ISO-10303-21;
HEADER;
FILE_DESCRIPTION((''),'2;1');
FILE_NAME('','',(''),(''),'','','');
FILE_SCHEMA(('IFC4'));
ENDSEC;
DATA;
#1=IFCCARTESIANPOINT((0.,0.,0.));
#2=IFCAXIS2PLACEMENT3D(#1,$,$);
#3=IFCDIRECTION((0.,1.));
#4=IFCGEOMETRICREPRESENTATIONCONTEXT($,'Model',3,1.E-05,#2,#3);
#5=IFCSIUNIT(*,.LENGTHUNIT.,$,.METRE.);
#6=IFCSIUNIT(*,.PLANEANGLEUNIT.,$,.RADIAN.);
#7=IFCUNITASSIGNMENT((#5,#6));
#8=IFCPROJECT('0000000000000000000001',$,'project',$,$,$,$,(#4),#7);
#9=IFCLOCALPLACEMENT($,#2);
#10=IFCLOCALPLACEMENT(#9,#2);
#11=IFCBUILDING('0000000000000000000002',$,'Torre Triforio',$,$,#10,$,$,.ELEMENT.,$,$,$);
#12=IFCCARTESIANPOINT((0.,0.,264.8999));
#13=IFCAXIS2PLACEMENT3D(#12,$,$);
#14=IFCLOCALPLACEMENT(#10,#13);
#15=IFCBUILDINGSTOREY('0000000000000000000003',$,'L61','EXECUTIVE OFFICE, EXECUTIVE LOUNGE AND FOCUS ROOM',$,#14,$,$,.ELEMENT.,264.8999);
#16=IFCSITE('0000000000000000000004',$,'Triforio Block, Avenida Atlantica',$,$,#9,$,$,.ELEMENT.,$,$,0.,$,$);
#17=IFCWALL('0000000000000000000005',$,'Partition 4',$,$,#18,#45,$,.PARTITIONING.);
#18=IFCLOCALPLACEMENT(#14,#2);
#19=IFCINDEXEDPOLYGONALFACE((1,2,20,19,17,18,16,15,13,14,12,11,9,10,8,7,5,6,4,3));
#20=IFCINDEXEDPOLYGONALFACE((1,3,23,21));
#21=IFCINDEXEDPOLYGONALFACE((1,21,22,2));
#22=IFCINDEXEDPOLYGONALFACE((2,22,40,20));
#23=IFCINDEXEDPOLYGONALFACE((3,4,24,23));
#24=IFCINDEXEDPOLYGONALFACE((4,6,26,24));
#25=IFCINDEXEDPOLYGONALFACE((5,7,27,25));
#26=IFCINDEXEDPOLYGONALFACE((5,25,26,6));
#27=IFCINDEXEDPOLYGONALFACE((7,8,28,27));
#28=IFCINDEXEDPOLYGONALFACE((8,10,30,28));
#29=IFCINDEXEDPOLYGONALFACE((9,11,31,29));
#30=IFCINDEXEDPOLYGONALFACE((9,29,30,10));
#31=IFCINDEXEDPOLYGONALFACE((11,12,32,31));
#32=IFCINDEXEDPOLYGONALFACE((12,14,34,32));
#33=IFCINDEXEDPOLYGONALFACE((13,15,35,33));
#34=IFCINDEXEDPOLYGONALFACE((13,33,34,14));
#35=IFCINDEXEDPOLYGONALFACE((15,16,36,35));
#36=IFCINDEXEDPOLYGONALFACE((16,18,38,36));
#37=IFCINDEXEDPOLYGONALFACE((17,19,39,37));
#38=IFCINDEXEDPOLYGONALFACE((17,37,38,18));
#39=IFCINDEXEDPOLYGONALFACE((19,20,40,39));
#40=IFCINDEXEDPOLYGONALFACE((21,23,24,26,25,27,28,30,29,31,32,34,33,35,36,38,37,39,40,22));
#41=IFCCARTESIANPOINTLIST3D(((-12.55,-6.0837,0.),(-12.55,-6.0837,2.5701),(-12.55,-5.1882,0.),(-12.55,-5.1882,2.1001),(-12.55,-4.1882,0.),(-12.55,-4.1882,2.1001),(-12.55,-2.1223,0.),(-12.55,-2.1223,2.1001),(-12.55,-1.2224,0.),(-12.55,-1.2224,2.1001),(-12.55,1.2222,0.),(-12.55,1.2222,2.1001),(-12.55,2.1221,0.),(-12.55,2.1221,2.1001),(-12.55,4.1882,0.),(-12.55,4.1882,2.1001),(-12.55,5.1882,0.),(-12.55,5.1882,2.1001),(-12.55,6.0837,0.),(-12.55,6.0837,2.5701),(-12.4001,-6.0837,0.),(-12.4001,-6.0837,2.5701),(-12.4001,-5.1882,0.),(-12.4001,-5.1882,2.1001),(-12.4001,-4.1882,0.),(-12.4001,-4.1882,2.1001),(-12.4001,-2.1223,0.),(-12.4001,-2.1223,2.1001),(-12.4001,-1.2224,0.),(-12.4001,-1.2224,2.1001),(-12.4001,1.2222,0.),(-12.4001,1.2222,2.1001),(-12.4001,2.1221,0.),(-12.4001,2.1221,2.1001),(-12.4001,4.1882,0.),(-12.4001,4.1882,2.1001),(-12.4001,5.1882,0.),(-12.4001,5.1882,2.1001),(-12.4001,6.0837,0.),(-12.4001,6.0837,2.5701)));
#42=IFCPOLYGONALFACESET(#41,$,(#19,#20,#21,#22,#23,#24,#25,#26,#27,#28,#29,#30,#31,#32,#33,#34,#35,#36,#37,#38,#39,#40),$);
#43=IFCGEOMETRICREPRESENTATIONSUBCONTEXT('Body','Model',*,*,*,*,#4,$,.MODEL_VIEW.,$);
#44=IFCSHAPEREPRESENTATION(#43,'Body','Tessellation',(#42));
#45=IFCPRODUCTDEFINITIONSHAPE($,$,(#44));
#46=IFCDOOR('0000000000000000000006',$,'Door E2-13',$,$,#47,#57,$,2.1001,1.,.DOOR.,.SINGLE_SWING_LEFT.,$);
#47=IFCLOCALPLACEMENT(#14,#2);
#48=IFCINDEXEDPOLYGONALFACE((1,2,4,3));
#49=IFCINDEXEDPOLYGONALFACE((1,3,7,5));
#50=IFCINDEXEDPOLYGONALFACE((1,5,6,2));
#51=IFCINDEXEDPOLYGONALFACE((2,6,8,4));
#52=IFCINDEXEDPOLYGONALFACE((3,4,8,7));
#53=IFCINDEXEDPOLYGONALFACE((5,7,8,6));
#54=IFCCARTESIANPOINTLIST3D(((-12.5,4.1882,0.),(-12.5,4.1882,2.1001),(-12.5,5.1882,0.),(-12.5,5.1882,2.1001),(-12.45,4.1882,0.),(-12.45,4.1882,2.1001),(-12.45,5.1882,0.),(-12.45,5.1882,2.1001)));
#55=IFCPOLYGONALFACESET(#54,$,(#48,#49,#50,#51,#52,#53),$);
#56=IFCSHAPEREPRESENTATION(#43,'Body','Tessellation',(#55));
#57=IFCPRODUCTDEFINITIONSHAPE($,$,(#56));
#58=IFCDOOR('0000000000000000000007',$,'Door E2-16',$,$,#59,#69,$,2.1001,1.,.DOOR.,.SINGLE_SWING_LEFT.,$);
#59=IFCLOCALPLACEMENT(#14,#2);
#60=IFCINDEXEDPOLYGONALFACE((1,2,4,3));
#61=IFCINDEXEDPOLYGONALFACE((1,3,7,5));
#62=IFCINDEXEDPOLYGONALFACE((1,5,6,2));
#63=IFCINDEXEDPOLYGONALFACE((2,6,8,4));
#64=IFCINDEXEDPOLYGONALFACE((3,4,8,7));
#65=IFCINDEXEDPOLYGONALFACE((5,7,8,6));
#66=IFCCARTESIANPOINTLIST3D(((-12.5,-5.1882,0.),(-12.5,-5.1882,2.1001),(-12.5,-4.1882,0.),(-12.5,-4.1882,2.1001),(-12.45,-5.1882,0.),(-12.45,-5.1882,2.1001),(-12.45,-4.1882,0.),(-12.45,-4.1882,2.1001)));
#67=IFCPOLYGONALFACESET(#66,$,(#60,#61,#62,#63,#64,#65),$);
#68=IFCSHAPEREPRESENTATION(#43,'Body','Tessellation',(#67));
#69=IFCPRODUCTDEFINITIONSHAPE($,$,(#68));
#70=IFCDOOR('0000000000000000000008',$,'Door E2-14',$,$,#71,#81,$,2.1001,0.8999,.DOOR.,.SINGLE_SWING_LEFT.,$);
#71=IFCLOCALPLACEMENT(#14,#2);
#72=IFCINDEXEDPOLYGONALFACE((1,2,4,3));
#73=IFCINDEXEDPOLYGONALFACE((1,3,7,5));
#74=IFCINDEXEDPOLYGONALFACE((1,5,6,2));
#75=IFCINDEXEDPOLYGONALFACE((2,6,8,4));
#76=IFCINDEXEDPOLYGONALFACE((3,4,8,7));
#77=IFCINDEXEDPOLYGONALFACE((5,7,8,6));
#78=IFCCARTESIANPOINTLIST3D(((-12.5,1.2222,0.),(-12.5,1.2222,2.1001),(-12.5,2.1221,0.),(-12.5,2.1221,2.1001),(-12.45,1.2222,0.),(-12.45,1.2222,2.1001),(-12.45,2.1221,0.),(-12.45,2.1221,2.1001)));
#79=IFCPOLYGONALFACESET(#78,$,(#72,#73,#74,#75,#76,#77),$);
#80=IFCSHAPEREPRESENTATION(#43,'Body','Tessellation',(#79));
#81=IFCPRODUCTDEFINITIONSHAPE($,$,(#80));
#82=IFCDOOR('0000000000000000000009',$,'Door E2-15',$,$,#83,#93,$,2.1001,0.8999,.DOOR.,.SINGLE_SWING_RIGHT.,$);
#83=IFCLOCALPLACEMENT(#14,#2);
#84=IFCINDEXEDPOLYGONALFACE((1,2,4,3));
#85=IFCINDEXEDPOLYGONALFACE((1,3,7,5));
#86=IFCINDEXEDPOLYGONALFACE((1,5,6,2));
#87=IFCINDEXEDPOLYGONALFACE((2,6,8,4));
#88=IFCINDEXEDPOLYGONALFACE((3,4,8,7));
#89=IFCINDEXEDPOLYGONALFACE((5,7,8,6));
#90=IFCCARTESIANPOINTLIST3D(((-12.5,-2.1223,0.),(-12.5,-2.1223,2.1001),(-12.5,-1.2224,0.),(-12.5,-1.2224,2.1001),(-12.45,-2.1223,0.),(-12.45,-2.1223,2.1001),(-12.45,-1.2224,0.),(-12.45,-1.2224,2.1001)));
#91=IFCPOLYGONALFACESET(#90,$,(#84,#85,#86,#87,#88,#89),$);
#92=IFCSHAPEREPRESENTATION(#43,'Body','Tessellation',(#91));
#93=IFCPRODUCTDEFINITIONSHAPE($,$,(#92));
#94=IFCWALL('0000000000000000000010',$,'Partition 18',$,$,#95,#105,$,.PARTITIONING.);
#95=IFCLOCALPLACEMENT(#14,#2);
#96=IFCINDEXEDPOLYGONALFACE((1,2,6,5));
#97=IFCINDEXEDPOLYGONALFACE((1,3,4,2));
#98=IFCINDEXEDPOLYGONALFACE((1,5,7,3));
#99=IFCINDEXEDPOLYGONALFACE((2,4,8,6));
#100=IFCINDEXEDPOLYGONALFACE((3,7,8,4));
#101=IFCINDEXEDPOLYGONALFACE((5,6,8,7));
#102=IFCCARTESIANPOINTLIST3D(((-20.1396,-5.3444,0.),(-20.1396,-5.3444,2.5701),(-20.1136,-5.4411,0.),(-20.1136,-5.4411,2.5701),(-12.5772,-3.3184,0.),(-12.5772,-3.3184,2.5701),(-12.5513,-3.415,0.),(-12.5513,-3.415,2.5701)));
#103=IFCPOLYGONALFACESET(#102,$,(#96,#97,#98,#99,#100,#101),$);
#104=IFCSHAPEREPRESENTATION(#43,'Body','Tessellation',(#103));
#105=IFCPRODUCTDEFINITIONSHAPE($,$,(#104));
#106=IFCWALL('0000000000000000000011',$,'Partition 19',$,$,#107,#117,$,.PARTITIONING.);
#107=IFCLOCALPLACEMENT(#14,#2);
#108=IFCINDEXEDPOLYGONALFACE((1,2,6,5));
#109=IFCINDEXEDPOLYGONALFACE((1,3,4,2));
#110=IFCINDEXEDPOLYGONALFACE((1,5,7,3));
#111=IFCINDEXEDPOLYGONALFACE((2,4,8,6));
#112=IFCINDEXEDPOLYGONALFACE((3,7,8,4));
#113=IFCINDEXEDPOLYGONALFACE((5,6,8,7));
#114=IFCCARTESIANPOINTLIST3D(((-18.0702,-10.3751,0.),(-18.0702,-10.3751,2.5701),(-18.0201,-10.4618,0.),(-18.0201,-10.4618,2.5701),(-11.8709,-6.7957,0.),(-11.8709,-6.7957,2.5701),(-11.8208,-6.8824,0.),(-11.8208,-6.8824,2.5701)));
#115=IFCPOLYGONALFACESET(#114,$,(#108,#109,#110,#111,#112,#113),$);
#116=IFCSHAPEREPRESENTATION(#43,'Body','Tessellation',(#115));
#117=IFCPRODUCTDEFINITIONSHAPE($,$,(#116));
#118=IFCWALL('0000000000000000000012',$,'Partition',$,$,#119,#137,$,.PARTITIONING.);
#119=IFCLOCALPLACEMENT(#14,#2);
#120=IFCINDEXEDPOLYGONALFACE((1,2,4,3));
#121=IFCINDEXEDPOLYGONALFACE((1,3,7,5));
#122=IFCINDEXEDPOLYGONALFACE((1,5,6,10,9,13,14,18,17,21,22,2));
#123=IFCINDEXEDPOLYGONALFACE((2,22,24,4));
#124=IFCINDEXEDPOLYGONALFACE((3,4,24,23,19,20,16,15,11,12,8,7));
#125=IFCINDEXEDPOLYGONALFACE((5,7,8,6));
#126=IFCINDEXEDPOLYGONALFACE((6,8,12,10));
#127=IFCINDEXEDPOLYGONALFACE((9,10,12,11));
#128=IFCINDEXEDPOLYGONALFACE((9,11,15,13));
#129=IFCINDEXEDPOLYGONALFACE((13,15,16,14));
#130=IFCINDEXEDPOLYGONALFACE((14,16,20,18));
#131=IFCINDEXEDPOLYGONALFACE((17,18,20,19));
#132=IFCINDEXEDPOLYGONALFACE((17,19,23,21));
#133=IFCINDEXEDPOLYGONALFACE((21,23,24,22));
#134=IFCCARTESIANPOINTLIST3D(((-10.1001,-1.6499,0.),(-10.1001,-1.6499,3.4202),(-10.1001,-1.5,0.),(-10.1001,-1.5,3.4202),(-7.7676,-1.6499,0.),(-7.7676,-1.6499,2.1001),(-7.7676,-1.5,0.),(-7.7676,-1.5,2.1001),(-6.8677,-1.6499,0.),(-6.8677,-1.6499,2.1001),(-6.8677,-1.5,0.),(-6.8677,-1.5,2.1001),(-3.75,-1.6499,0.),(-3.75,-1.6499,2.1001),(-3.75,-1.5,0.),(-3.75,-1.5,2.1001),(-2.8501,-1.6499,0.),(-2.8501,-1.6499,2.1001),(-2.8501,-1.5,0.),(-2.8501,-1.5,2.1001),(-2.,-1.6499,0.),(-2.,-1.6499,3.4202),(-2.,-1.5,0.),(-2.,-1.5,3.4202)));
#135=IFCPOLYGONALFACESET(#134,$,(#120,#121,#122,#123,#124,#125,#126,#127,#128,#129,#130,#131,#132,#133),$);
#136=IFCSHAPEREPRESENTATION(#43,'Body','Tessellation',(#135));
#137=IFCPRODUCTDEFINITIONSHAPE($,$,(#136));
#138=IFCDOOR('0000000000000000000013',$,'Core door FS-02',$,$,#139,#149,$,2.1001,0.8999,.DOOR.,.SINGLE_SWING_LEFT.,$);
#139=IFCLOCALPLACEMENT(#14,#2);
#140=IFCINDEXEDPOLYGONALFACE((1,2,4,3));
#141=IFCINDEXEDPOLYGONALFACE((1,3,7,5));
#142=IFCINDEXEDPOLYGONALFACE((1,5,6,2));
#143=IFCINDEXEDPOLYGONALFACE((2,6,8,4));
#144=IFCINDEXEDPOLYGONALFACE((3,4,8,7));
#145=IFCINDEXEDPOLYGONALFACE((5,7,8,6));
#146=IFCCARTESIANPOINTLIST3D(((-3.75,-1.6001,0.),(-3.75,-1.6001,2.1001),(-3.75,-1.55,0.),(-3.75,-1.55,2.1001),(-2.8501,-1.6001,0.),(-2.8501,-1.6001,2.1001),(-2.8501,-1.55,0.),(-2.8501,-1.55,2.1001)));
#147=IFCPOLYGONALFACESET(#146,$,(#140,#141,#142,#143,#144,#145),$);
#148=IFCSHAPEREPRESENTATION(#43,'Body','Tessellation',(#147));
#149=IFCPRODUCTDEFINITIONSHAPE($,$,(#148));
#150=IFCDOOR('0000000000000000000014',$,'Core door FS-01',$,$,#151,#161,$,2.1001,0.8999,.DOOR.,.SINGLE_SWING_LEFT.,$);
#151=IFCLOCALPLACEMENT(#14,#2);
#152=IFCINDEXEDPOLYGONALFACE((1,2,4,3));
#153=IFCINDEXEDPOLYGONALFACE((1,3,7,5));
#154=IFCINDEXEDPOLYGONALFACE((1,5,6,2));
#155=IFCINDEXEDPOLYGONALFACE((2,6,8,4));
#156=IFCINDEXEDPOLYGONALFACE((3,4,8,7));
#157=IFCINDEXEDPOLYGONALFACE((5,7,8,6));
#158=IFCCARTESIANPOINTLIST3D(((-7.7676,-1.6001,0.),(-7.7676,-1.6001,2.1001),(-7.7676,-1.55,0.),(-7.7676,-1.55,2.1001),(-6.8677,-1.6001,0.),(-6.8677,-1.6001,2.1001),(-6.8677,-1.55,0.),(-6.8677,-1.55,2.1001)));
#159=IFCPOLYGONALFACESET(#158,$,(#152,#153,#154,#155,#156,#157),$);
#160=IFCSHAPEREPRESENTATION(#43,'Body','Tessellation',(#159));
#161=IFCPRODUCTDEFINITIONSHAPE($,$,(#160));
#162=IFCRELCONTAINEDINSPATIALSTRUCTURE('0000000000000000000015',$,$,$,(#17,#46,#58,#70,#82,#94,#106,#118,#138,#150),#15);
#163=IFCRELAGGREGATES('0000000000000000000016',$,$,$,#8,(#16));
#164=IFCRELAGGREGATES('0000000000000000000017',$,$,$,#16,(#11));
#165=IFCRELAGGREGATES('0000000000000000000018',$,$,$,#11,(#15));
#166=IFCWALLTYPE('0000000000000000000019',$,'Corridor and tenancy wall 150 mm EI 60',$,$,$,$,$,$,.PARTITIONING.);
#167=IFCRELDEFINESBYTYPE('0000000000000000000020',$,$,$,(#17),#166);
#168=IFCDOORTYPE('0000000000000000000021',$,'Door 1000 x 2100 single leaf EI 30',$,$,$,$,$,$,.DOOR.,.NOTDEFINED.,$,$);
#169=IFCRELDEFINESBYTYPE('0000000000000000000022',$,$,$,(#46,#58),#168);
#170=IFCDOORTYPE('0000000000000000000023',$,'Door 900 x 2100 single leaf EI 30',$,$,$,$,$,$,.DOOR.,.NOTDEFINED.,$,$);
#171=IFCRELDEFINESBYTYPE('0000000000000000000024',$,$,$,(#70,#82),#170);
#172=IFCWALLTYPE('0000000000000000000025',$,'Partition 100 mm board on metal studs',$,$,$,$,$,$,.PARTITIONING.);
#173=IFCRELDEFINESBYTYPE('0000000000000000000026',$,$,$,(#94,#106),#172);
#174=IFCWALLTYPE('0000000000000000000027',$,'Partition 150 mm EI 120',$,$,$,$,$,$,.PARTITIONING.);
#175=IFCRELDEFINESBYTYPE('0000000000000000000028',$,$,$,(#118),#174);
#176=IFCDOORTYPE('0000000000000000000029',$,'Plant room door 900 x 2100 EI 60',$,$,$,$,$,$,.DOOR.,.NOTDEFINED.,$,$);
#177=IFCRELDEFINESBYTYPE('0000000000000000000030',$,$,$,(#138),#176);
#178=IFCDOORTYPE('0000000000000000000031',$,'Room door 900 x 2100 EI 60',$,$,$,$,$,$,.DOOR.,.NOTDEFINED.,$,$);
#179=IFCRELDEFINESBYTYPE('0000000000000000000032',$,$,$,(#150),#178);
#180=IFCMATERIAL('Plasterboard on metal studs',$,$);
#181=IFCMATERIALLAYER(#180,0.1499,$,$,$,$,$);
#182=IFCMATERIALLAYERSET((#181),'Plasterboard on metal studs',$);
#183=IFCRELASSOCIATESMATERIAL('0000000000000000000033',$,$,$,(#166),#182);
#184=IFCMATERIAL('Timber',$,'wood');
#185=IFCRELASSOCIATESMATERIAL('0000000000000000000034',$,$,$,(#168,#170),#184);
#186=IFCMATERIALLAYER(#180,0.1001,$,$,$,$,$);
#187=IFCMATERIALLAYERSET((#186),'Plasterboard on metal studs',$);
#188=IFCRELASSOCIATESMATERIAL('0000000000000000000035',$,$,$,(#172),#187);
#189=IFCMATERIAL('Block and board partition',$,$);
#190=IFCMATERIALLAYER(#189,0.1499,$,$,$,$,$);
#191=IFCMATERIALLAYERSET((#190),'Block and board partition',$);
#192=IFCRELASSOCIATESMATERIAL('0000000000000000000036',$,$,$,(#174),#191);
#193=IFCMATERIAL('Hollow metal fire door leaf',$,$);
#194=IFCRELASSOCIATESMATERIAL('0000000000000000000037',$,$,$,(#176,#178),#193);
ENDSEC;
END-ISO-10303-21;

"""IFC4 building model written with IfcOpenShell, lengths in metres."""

from ifc_helpers import new_model, si_unit, direction, frame, frame_2d, origin, place, context, subcontext, project, spatial, rectangle, extrude, material, layer, layer_set, type_object, element, fill, save


model = new_model("IFC4")

# Units and contexts
model_context = context("Model", 3, precision=1e-05, world=origin(), true_north=direction((0.0, 1.0)))
body_context = subcontext(model_context, "Body", "Model", "MODEL_VIEW")
ifc_project = project(units=[si_unit("LENGTHUNIT", "METRE"), si_unit("PLANEANGLEUNIT", "RADIAN")], contexts=[model_context])

# Site, building, storey
site_placement = place(None, origin())
site = spatial("IfcSite", under=ifc_project, at=site_placement, Name="Triforio Block, Avenida Atlantica", CompositionType="ELEMENT", RefElevation=0.0)
building_placement = place(site_placement, origin())
building = spatial("IfcBuilding", under=site, at=building_placement, Name="Torre Triforio", CompositionType="ELEMENT")
storey_placement = place(building_placement, frame((0.0, 0.0, 264.8999)))
storey = spatial("IfcBuildingStorey", under=building, at=storey_placement, Name="L61", Description="EXECUTIVE OFFICE, EXECUTIVE LOUNGE AND FOCUS ROOM", CompositionType="ELEMENT", Elevation=264.8999)

# Shared definitions
ifc_material_1 = material(Name="Hollow metal fire door leaf")

# Wall, openings, doors
ifc_material_2 = material(Name="Plasterboard on metal studs")
ifc_layer_1 = layer(ifc_material_2, 0.1499)
ifc_layer_set_1 = layer_set([ifc_layer_1], Name="Plasterboard on metal studs")
wall_type_1 = type_object("IfcWallType", Name="Corridor and tenancy wall 150 mm EI 60", PredefinedType="PARTITIONING", material=ifc_layer_set_1)
wall_1_placement = place(storey_placement, frame((-12.4751, -6.0837, 0.0), z_axis=(0.0, 0.0, 1.0), x_axis=(0.0, 1.0, 0.0)))
wall_1 = element("IfcWall", 1, at=wall_1_placement, inside=storey, type_object=wall_type_1, Name="Partition 4", PredefinedType="PARTITIONING", context=body_context, shape_type="SweptSolid", body=[
    extrude(rectangle(XDim=12.1675, YDim=0.1499, at=frame_2d((6.0837, 0.0))), origin(), (0.0, 0.0, 1.0), 2.5701),
])
opening_1_placement = place(wall_1_placement, frame((10.272, 0.0, 0.0)))
opening_1 = element("IfcOpeningElement", 2, at=opening_1_placement, cuts=wall_1, PredefinedType="OPENING", context=body_context, shape_type="SweptSolid", body=[
    extrude(rectangle(XDim=1.0, YDim=2.1001, at=frame_2d((0.5, 1.05))), frame((0.0, 0.085, 0.0), z_axis=(0.0, -1.0, 0.0), x_axis=(1.0, 0.0, 0.0)), (0.0, 0.0, 1.0), 0.1699),
])
opening_2_placement = place(wall_1_placement, frame((7.3059, 0.0, 0.0)))
opening_2 = element("IfcOpeningElement", 3, at=opening_2_placement, cuts=wall_1, PredefinedType="OPENING", context=body_context, shape_type="SweptSolid", body=[
    extrude(rectangle(XDim=0.8999, YDim=2.1001, at=frame_2d((0.45, 1.05))), frame((0.0, 0.085, 0.0), z_axis=(0.0, -1.0, 0.0), x_axis=(1.0, 0.0, 0.0)), (0.0, 0.0, 1.0), 0.1699),
])
opening_3_placement = place(wall_1_placement, frame((3.9614, 0.0, 0.0)))
opening_3 = element("IfcOpeningElement", 4, at=opening_3_placement, cuts=wall_1, PredefinedType="OPENING", context=body_context, shape_type="SweptSolid", body=[
    extrude(rectangle(XDim=0.8999, YDim=2.1001, at=frame_2d((0.45, 1.05))), frame((0.0, 0.085, 0.0), z_axis=(0.0, -1.0, 0.0), x_axis=(1.0, 0.0, 0.0)), (0.0, 0.0, 1.0), 0.1699),
])
opening_4_placement = place(wall_1_placement, frame((0.8955, 0.0, 0.0)))
opening_4 = element("IfcOpeningElement", 5, at=opening_4_placement, cuts=wall_1, PredefinedType="OPENING", context=body_context, shape_type="SweptSolid", body=[
    extrude(rectangle(XDim=1.0, YDim=2.1001, at=frame_2d((0.5, 1.05))), frame((0.0, 0.085, 0.0), z_axis=(0.0, -1.0, 0.0), x_axis=(1.0, 0.0, 0.0)), (0.0, 0.0, 1.0), 0.1699),
])
ifc_material_3 = material(Name="Timber", Category="wood")
door_type_1 = type_object("IfcDoorType", Name="Door 1000 x 2100 single leaf EI 30", OperationType="NOTDEFINED", PredefinedType="DOOR", material=ifc_material_3)
door_1_placement = place(opening_1_placement, origin())
door_1 = element("IfcDoor", 6, at=door_1_placement, inside=storey, type_object=door_type_1, Name="Door E2-13", OperationType="SINGLE_SWING_LEFT", OverallHeight=2.1001, OverallWidth=1.0, PredefinedType="DOOR", context=body_context, shape_type="SweptSolid", body=[
    extrude(rectangle(XDim=1.0, YDim=2.1001, at=frame_2d((0.5, 1.05))), frame((0.0, 0.0249, 0.0), z_axis=(0.0, -1.0, 0.0), x_axis=(1.0, 0.0, 0.0)), (0.0, 0.0, 1.0), 0.05),
])
fill(opening_1, door_1)
door_2_placement = place(opening_4_placement, origin())
door_2 = element("IfcDoor", 7, at=door_2_placement, inside=storey, type_object=door_type_1, Name="Door E2-16", OperationType="SINGLE_SWING_LEFT", OverallHeight=2.1001, OverallWidth=1.0, PredefinedType="DOOR", context=body_context, shape_type="SweptSolid", body=[
    extrude(rectangle(XDim=1.0, YDim=2.1001, at=frame_2d((0.5, 1.05))), frame((0.0, 0.0249, 0.0), z_axis=(0.0, -1.0, 0.0), x_axis=(1.0, 0.0, 0.0)), (0.0, 0.0, 1.0), 0.05),
])
fill(opening_4, door_2)
door_type_2 = type_object("IfcDoorType", Name="Door 900 x 2100 single leaf EI 30", OperationType="NOTDEFINED", PredefinedType="DOOR", material=ifc_material_3)
door_3_placement = place(opening_2_placement, origin())
door_3 = element("IfcDoor", 8, at=door_3_placement, inside=storey, type_object=door_type_2, Name="Door E2-14", OperationType="SINGLE_SWING_LEFT", OverallHeight=2.1001, OverallWidth=0.8999, PredefinedType="DOOR", context=body_context, shape_type="SweptSolid", body=[
    extrude(rectangle(XDim=0.8999, YDim=2.1001, at=frame_2d((0.45, 1.05))), frame((0.0, 0.0249, 0.0), z_axis=(0.0, -1.0, 0.0), x_axis=(1.0, 0.0, 0.0)), (0.0, 0.0, 1.0), 0.05),
])
fill(opening_2, door_3)
door_4_placement = place(opening_3_placement, origin())
door_4 = element("IfcDoor", 9, at=door_4_placement, inside=storey, type_object=door_type_2, Name="Door E2-15", OperationType="SINGLE_SWING_RIGHT", OverallHeight=2.1001, OverallWidth=0.8999, PredefinedType="DOOR", context=body_context, shape_type="SweptSolid", body=[
    extrude(rectangle(XDim=0.8999, YDim=2.1001, at=frame_2d((0.45, 1.05))), frame((0.0, 0.0249, 0.0), z_axis=(0.0, -1.0, 0.0), x_axis=(1.0, 0.0, 0.0)), (0.0, 0.0, 1.0), 0.05),
])
fill(opening_3, door_4)

# Walls
ifc_layer_2 = layer(ifc_material_2, 0.1001)
ifc_layer_set_2 = layer_set([ifc_layer_2], Name="Plasterboard on metal studs")
wall_type_2 = type_object("IfcWallType", Name="Partition 100 mm board on metal studs", PredefinedType="PARTITIONING", material=ifc_layer_set_2)
wall_2_placement = place(storey_placement, frame((-12.5642, -3.3667, 0.0), z_axis=(0.0, 0.0, 1.0), x_axis=(-0.965934, -0.25879, 0.0)))
element("IfcWall", 10, at=wall_2_placement, inside=storey, type_object=wall_type_2, Name="Partition 18", PredefinedType="PARTITIONING", context=body_context, shape_type="SweptSolid", body=[
    extrude(rectangle(XDim=7.8291, YDim=0.1001, at=frame_2d((3.9146, 0.0))), origin(), (0.0, 0.0, 1.0), 2.5701),
])
wall_3_placement = place(storey_placement, frame((-11.8459, -6.8391, 0.0), z_axis=(0.0, 0.0, 1.0), x_axis=(-0.866012, -0.500024, 0.0)))
element("IfcWall", 11, at=wall_3_placement, inside=storey, type_object=wall_type_2, Name="Partition 19", PredefinedType="PARTITIONING", context=body_context, shape_type="SweptSolid", body=[
    extrude(rectangle(XDim=7.1584, YDim=0.1001, at=frame_2d((3.5791, 0.0))), origin(), (0.0, 0.0, 1.0), 2.5701),
])

# Wall, openings, doors
ifc_material_4 = material(Name="Block and board partition")
ifc_layer_3 = layer(ifc_material_4, 0.1499)
ifc_layer_set_3 = layer_set([ifc_layer_3], Name="Block and board partition")
wall_type_3 = type_object("IfcWallType", Name="Partition 150 mm EI 120", PredefinedType="PARTITIONING", material=ifc_layer_set_3)
wall_4_placement = place(storey_placement, frame((-10.1001, -1.575, 0.0), z_axis=(0.0, 0.0, 1.0), x_axis=(1.0, 0.0, 0.0)))
wall_4 = element("IfcWall", 12, at=wall_4_placement, inside=storey, type_object=wall_type_3, Name="Partition", PredefinedType="PARTITIONING", context=body_context, shape_type="SweptSolid", body=[
    extrude(rectangle(XDim=8.1001, YDim=0.1499, at=frame_2d((4.05, 0.0))), origin(), (0.0, 0.0, 1.0), 3.4202),
])
opening_5_placement = place(wall_4_placement, frame((2.3325, 0.0, 0.0)))
opening_5 = element("IfcOpeningElement", 13, at=opening_5_placement, cuts=wall_4, PredefinedType="OPENING", context=body_context, shape_type="SweptSolid", body=[
    extrude(rectangle(XDim=0.8999, YDim=2.1001, at=frame_2d((0.45, 1.05))), frame((0.0, 0.085, 0.0), z_axis=(0.0, -1.0, 0.0), x_axis=(1.0, 0.0, 0.0)), (0.0, 0.0, 1.0), 0.1699),
])
opening_6_placement = place(wall_4_placement, frame((6.3501, 0.0, 0.0)))
opening_6 = element("IfcOpeningElement", 14, at=opening_6_placement, cuts=wall_4, PredefinedType="OPENING", context=body_context, shape_type="SweptSolid", body=[
    extrude(rectangle(XDim=0.8999, YDim=2.1001, at=frame_2d((0.45, 1.05))), frame((0.0, 0.085, 0.0), z_axis=(0.0, -1.0, 0.0), x_axis=(1.0, 0.0, 0.0)), (0.0, 0.0, 1.0), 0.1699),
])
door_type_3 = type_object("IfcDoorType", Name="Plant room door 900 x 2100 EI 60", OperationType="NOTDEFINED", PredefinedType="DOOR", material=ifc_material_1)
door_5_placement = place(opening_6_placement, origin())
door_5 = element("IfcDoor", 15, at=door_5_placement, inside=storey, type_object=door_type_3, Name="Core door FS-02", OperationType="SINGLE_SWING_LEFT", OverallHeight=2.1001, OverallWidth=0.8999, PredefinedType="DOOR", context=body_context, shape_type="SweptSolid", body=[
    extrude(rectangle(XDim=0.8999, YDim=2.1001, at=frame_2d((0.45, 1.05))), frame((0.0, 0.0249, 0.0), z_axis=(0.0, -1.0, 0.0), x_axis=(1.0, 0.0, 0.0)), (0.0, 0.0, 1.0), 0.05),
])
fill(opening_6, door_5)
door_type_4 = type_object("IfcDoorType", Name="Room door 900 x 2100 EI 60", OperationType="NOTDEFINED", PredefinedType="DOOR", material=ifc_material_1)
door_6_placement = place(opening_5_placement, origin())
door_6 = element("IfcDoor", 16, at=door_6_placement, inside=storey, type_object=door_type_4, Name="Core door FS-01", OperationType="SINGLE_SWING_LEFT", OverallHeight=2.1001, OverallWidth=0.8999, PredefinedType="DOOR", context=body_context, shape_type="SweptSolid", body=[
    extrude(rectangle(XDim=0.8999, YDim=2.1001, at=frame_2d((0.45, 1.05))), frame((0.0, 0.0249, 0.0), z_axis=(0.0, -1.0, 0.0), x_axis=(1.0, 0.0, 0.0)), (0.0, 0.0, 1.0), 0.05),
])
fill(opening_5, door_6)

save(model, "model.ifc")
